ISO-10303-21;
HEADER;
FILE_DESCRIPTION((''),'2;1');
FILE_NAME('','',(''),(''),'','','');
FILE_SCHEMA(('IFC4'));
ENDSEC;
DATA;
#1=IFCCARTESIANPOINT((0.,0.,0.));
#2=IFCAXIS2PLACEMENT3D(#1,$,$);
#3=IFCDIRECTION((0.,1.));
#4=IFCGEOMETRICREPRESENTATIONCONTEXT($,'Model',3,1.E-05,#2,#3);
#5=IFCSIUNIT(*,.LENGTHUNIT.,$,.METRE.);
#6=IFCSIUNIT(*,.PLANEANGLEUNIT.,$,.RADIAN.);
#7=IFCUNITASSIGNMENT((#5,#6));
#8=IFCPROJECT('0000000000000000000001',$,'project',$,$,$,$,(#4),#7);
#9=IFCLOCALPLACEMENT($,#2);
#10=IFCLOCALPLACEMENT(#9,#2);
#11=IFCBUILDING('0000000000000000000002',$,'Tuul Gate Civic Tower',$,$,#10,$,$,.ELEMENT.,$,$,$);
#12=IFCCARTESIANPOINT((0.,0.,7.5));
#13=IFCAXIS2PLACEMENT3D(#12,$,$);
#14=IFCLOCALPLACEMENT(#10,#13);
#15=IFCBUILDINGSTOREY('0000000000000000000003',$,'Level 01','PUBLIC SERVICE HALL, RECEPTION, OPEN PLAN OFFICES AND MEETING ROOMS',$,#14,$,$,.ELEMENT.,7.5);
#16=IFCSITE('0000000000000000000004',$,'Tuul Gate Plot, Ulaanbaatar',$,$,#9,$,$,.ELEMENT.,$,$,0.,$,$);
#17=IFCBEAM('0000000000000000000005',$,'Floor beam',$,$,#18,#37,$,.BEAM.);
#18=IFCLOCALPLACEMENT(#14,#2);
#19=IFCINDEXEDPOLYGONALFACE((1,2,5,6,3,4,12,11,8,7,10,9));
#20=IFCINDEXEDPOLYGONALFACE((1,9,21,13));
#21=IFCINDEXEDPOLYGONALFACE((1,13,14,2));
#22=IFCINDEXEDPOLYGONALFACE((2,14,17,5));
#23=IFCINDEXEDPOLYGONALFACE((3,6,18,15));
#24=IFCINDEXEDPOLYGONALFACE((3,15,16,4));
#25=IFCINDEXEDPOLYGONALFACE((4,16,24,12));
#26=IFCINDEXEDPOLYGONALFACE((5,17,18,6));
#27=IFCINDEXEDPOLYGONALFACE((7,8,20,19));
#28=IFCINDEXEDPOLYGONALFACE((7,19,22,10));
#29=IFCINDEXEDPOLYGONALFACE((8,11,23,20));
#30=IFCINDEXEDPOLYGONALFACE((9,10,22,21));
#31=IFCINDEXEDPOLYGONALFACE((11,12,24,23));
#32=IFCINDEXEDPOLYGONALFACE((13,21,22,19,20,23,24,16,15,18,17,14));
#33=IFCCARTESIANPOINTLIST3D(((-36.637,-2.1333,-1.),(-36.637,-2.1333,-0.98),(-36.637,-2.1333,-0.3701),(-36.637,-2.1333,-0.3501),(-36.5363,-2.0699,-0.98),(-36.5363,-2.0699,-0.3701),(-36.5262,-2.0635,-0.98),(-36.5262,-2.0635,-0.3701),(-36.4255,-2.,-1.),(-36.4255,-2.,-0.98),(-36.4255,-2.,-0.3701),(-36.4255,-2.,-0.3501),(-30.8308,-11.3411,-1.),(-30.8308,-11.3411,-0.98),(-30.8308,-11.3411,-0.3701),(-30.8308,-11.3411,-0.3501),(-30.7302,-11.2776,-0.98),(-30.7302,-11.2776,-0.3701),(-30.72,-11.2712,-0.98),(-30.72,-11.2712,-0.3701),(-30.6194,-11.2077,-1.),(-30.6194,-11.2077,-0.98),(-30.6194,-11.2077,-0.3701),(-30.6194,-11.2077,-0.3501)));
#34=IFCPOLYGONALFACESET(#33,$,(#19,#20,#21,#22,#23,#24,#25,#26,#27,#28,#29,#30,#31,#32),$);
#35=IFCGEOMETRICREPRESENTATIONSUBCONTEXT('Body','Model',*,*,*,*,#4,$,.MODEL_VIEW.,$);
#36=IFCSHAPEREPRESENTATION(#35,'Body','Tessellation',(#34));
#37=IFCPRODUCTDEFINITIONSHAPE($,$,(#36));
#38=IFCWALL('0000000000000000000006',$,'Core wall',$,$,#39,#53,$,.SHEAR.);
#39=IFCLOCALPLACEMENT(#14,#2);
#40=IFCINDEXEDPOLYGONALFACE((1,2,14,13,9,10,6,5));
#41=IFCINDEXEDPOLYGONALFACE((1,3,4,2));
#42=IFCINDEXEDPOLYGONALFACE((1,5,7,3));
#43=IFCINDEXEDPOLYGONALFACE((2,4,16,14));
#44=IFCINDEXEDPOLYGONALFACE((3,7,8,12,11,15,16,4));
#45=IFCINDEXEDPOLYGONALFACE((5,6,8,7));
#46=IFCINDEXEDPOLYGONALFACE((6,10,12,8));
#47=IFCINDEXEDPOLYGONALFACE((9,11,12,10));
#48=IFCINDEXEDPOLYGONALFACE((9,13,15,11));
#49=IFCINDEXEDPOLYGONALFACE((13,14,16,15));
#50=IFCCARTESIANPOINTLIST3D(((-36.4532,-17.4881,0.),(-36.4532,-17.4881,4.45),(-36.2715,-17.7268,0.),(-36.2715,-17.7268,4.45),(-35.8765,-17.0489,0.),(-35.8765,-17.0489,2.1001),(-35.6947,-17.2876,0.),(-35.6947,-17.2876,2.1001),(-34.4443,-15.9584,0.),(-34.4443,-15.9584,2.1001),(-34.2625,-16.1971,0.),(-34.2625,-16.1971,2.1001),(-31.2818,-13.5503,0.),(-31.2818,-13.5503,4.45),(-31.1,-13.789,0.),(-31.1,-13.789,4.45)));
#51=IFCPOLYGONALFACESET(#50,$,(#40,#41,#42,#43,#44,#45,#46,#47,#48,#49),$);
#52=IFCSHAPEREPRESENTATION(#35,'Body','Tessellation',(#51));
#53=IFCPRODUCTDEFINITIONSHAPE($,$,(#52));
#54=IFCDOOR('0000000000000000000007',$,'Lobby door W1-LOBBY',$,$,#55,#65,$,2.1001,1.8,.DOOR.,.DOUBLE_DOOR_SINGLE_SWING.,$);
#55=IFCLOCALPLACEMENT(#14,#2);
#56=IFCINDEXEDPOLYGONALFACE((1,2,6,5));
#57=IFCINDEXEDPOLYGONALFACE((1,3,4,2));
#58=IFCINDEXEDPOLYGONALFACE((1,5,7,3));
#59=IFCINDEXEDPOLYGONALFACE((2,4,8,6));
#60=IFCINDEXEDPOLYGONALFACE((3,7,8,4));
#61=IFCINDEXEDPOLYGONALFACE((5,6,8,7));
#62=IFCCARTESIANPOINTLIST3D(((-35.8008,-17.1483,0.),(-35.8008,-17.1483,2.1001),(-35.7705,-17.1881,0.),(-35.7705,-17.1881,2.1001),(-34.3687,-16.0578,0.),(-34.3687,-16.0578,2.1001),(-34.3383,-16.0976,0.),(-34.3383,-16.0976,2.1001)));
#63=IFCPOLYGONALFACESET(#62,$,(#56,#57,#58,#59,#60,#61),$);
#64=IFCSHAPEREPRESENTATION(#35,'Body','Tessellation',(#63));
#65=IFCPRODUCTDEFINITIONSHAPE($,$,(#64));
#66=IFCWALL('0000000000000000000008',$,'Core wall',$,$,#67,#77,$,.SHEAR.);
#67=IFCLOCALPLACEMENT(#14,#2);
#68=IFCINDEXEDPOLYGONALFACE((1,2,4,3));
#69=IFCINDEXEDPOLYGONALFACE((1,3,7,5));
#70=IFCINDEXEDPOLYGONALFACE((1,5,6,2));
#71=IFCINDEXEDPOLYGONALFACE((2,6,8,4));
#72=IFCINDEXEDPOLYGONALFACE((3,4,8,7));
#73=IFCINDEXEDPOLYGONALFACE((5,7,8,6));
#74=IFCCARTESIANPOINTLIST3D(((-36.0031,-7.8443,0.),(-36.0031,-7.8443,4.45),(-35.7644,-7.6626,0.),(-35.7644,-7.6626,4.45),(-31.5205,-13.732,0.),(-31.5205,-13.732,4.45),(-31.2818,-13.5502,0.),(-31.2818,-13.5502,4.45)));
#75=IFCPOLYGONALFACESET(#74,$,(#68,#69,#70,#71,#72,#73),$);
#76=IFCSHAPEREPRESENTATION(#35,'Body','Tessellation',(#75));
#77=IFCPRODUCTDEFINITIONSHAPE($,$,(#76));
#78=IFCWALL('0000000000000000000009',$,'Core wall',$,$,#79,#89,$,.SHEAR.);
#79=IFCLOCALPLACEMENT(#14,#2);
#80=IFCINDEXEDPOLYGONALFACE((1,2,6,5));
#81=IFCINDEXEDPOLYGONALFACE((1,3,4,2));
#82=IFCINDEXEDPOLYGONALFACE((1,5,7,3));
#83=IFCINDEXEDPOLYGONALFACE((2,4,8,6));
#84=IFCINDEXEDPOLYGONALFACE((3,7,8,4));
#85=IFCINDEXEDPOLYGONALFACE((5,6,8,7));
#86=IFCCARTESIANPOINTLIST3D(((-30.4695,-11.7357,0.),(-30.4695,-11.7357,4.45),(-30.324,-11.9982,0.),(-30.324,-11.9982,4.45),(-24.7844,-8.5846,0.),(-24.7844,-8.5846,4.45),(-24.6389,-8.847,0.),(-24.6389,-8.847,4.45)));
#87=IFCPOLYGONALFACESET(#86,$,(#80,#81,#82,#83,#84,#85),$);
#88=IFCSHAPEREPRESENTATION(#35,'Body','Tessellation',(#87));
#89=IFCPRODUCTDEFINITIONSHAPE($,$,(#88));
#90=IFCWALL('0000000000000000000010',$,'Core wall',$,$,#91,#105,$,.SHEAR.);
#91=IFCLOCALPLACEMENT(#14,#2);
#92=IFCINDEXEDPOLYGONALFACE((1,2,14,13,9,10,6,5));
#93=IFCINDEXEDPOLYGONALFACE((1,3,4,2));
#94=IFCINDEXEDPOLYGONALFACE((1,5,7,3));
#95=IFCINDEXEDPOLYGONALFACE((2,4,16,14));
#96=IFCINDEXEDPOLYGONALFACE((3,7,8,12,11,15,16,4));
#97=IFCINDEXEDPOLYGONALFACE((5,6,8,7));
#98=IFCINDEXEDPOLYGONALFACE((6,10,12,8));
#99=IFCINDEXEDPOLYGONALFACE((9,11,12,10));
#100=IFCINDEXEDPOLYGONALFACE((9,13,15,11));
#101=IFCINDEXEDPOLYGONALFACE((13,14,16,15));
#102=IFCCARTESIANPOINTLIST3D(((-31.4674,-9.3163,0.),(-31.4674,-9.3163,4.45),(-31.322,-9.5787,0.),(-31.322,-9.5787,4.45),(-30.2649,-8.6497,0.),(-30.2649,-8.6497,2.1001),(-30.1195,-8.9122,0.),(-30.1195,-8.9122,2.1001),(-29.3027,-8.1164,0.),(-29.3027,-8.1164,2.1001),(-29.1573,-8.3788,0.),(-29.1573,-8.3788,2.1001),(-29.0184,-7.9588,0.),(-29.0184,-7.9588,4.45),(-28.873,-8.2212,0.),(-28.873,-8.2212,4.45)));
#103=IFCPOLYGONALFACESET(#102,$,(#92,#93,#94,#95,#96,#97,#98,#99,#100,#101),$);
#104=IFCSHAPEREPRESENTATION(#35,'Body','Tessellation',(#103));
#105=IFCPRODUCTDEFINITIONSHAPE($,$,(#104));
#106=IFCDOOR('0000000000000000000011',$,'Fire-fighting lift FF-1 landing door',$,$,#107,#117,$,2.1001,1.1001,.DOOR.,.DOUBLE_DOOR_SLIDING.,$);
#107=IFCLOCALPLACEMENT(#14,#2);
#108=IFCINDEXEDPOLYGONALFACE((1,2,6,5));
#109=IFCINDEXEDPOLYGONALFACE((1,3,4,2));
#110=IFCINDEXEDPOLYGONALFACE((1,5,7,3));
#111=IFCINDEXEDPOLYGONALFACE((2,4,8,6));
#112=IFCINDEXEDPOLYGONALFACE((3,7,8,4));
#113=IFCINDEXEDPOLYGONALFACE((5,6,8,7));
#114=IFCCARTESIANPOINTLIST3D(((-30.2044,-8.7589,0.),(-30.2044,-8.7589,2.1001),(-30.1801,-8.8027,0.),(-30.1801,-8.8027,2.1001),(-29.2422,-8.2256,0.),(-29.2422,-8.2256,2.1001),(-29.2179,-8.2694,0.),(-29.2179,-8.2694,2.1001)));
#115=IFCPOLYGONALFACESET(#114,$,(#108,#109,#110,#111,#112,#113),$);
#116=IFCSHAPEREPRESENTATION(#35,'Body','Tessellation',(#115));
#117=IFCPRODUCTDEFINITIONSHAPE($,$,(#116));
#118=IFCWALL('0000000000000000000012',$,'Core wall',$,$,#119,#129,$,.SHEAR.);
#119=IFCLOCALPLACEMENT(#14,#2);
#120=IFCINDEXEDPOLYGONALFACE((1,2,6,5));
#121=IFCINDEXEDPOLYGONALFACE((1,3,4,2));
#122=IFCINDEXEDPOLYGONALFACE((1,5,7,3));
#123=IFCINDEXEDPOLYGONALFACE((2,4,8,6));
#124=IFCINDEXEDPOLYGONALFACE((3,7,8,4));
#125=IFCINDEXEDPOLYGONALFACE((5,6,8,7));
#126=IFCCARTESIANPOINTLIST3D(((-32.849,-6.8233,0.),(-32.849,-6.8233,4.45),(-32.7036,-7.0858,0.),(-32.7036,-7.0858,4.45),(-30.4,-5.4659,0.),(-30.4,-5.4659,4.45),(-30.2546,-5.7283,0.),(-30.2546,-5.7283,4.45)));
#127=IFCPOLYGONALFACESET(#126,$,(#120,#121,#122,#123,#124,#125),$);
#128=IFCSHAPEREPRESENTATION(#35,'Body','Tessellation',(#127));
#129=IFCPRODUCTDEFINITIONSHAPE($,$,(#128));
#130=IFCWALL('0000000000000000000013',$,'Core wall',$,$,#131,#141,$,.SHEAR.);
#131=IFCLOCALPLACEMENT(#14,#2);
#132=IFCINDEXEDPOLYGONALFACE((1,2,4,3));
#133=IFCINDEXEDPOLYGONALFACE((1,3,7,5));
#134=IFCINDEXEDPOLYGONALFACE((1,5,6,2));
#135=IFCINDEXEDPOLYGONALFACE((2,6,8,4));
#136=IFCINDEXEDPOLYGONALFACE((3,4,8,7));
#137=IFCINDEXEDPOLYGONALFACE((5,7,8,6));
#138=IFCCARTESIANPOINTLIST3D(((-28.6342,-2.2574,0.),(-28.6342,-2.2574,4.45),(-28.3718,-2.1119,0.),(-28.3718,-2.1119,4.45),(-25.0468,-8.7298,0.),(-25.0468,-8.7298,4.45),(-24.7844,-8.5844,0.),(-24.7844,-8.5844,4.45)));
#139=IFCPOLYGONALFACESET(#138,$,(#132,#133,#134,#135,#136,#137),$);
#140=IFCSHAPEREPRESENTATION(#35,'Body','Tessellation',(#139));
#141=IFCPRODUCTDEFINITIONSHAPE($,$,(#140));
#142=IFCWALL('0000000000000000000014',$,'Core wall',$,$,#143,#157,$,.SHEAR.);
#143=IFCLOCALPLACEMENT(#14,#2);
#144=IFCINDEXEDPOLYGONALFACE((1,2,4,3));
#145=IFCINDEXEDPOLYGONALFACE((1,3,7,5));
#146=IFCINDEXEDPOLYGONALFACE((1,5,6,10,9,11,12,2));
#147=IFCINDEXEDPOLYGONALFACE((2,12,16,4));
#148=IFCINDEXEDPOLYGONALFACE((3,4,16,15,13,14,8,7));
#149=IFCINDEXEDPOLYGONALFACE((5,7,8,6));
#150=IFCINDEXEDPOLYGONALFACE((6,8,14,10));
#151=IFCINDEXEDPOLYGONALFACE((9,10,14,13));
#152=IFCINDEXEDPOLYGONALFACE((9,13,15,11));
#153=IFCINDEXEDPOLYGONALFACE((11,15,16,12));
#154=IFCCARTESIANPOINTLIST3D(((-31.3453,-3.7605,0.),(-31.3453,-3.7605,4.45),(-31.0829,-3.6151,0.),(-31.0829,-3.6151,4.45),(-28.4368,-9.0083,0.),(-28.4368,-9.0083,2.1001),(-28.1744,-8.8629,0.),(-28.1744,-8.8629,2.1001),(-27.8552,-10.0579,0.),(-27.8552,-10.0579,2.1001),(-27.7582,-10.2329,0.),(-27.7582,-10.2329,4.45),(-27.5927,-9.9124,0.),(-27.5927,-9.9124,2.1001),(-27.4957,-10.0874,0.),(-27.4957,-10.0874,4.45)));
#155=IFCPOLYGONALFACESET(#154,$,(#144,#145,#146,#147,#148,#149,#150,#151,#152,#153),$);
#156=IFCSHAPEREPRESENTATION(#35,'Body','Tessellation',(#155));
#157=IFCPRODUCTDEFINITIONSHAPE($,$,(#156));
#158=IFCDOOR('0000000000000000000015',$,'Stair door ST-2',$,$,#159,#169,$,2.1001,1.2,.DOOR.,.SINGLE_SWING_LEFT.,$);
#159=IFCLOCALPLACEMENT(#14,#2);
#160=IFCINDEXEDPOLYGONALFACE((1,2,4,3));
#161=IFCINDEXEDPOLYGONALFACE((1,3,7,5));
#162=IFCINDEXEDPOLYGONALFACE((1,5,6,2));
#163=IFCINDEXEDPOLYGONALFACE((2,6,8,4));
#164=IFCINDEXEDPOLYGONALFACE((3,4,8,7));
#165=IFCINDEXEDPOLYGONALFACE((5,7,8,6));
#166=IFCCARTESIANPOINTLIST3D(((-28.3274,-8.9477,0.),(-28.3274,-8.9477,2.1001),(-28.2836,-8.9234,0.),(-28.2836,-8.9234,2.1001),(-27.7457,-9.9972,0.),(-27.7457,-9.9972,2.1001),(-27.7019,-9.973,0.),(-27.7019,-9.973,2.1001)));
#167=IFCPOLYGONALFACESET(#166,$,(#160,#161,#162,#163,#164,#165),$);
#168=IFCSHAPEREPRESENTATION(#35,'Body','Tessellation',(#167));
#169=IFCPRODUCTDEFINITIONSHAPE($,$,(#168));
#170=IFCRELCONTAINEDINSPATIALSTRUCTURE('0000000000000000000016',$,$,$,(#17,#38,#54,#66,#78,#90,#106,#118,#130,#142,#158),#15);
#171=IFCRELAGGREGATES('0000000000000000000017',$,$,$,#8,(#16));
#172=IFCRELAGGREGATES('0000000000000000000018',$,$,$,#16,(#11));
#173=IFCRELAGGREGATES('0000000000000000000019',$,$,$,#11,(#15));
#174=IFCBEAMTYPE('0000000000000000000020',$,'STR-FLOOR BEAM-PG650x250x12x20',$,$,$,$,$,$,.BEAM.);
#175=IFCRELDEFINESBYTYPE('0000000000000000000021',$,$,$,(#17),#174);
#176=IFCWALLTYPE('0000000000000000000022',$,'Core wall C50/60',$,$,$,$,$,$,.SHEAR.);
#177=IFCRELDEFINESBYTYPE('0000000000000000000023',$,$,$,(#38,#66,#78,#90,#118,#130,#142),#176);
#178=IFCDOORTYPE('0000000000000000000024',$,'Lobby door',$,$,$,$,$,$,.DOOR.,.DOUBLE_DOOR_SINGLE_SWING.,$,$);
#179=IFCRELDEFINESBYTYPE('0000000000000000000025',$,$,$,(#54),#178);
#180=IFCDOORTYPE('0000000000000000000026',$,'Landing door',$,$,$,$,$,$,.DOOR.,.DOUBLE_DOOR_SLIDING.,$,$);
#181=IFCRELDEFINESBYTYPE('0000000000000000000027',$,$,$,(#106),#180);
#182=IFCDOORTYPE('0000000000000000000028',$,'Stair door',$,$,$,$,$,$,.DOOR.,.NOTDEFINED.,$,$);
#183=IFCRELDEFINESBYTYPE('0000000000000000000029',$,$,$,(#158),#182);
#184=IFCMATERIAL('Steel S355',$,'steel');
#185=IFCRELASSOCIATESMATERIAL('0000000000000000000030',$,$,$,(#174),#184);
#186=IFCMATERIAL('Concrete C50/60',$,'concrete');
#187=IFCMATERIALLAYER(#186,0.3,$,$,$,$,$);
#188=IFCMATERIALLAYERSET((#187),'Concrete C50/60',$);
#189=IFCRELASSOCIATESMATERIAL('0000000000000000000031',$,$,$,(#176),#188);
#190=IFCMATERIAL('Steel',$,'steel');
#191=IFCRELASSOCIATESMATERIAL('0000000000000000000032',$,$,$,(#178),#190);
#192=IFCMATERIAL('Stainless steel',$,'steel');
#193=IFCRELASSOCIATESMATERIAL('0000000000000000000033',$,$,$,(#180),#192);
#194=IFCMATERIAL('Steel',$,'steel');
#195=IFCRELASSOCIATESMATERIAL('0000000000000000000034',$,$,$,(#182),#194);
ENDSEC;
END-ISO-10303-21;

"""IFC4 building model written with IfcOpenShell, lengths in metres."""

from ifc_helpers import new_model, si_unit, direction, frame, frame_2d, origin, origin_2d, place, context, subcontext, project, spatial, rectangle, i_section, extrude, material, layer, layer_set, material_profile, profile_set, type_object, element, fill, save


model = new_model("IFC4")

# Units and contexts
model_context = context("Model", 3, precision=1e-05, world=origin(), true_north=direction((0.0, 1.0)))
body_context = subcontext(model_context, "Body", "Model", "MODEL_VIEW")
ifc_project = project(units=[si_unit("LENGTHUNIT", "METRE"), si_unit("PLANEANGLEUNIT", "RADIAN")], contexts=[model_context])

# Site, building, storey
site_placement = place(None, origin())
site = spatial("IfcSite", under=ifc_project, at=site_placement, Name="Tuul Gate Plot, Ulaanbaatar", CompositionType="ELEMENT", RefElevation=0.0)
building_placement = place(site_placement, origin())
building = spatial("IfcBuilding", under=site, at=building_placement, Name="Tuul Gate Civic Tower", CompositionType="ELEMENT")
storey_placement = place(building_placement, frame((0.0, 0.0, 7.5)))
storey = spatial("IfcBuildingStorey", under=building, at=storey_placement, Name="Level 01", Description="PUBLIC SERVICE HALL, RECEPTION, OPEN PLAN OFFICES AND MEETING ROOMS", CompositionType="ELEMENT", Elevation=7.5)

# Beam
ifc_material_1 = material(Name="Steel S355", Category="steel")
ifc_material_profile = material_profile(ifc_material_1, i_section(OverallWidth=0.25, OverallDepth=0.6499, WebThickness=0.012, FlangeThickness=0.02, at=origin_2d()), Name="PG650x250x12x20")
ifc_profile_set = profile_set([ifc_material_profile], Name="Steel S355")
beam_type = type_object("IfcBeamType", Name="STR-FLOOR BEAM-PG650x250x12x20", PredefinedType="BEAM", material=ifc_profile_set)
beam_placement = place(storey_placement, frame((-30.7251, -11.2744, -0.675), z_axis=(-0.533384, 0.845873, 0.0), x_axis=(-0.845873, -0.533384, 0.0)))
element("IfcBeam", 1, at=beam_placement, inside=storey, type_object=beam_type, Name="Floor beam", PredefinedType="BEAM", context=body_context, shape_type="SweptSolid", body=[
    extrude(i_section(OverallWidth=0.25, OverallDepth=0.6499, WebThickness=0.012, FlangeThickness=0.02, at=origin_2d()), origin(), (0.0, 0.0, 1.0), 10.8855),
])

# Wall, opening, door
ifc_material_2 = material(Name="Concrete C50/60", Category="concrete")
ifc_layer_1 = layer(ifc_material_2, 0.3)
ifc_layer_set_1 = layer_set([ifc_layer_1], Name="Concrete C50/60")
wall_type_1 = type_object("IfcWallType", Name="Core wall C50/60", PredefinedType="SHEAR", material=ifc_layer_set_1)
wall_1_placement = place(storey_placement, frame((-31.1909, -13.6697, 0.0), z_axis=(0.0, 0.0, 1.0), x_axis=(-0.795607, -0.605813, 0.0)))
wall_1 = element("IfcWall", 2, at=wall_1_placement, inside=storey, type_object=wall_type_1, Name="Core wall", PredefinedType="SHEAR", context=body_context, shape_type="SweptSolid", body=[
    extrude(rectangle(XDim=6.5, YDim=0.3, at=frame_2d((3.25, 0.0))), origin(), (0.0, 0.0, 1.0), 4.45),
])
opening_1_placement = place(wall_1_placement, frame((3.9751, 0.0, 0.0)))
opening_1 = element("IfcOpeningElement", 3, at=opening_1_placement, cuts=wall_1, PredefinedType="OPENING", context=body_context, shape_type="SweptSolid", body=[
    extrude(rectangle(XDim=1.8, YDim=2.1001, at=frame_2d((0.8999, 1.05))), frame((0.0, 0.1602, 0.0), z_axis=(0.0, -1.0, 0.0), x_axis=(1.0, 0.0, 0.0)), (0.0, 0.0, 1.0), 0.3201),
])
ifc_material_3 = material(Name="Steel", Category="steel")
door_type_1 = type_object("IfcDoorType", Name="Lobby door", OperationType="DOUBLE_DOOR_SINGLE_SWING", PredefinedType="DOOR", material=ifc_material_3)
door_1_placement = place(opening_1_placement, origin())
door_1 = element("IfcDoor", 4, at=door_1_placement, inside=storey, type_object=door_type_1, Name="Lobby door W1-LOBBY", OperationType="DOUBLE_DOOR_SINGLE_SWING", OverallHeight=2.1001, OverallWidth=1.8, PredefinedType="DOOR", context=body_context, shape_type="SweptSolid", body=[
    extrude(rectangle(XDim=1.8, YDim=2.1001, at=frame_2d((0.8999, 1.05))), frame((0.0, 0.0249, 0.0), z_axis=(0.0, -1.0, 0.0), x_axis=(1.0, 0.0, 0.0)), (0.0, 0.0, 1.0), 0.05),
])
fill(opening_1, door_1)

# Walls
wall_2_placement = place(storey_placement, frame((-31.4011, -13.6411, 0.0), z_axis=(0.0, 0.0, 1.0), x_axis=(-0.60577, 0.79564, 0.0)))
element("IfcWall", 5, at=wall_2_placement, inside=storey, type_object=wall_type_1, Name="Core wall", PredefinedType="SHEAR", context=body_context, shape_type="SweptSolid", body=[
    extrude(rectangle(XDim=7.3999, YDim=0.3, at=frame_2d((3.7, 0.0))), origin(), (0.0, 0.0, 1.0), 4.45),
])
wall_3_placement = place(storey_placement, frame((-24.7117, -8.7158, 0.0), z_axis=(0.0, 0.0, 1.0), x_axis=(-0.87463, -0.484791, 0.0)))
element("IfcWall", 6, at=wall_3_placement, inside=storey, type_object=wall_type_1, Name="Core wall", PredefinedType="SHEAR", context=body_context, shape_type="SweptSolid", body=[
    extrude(rectangle(XDim=6.5, YDim=0.3, at=frame_2d((3.25, 0.0))), origin(), (0.0, 0.0, 1.0), 4.45),
])

# Wall, opening, door
wall_4_placement = place(storey_placement, frame((-28.9458, -8.0901, 0.0), z_axis=(0.0, 0.0, 1.0), x_axis=(-0.87463, -0.484791, 0.0)))
wall_4 = element("IfcWall", 7, at=wall_4_placement, inside=storey, type_object=wall_type_1, Name="Core wall", PredefinedType="SHEAR", context=body_context, shape_type="SweptSolid", body=[
    extrude(rectangle(XDim=2.8, YDim=0.3, at=frame_2d((1.3999, 0.0))), origin(), (0.0, 0.0, 1.0), 4.45),
])
opening_2_placement = place(wall_4_placement, frame((0.325, 0.0, 0.0)))
opening_2 = element("IfcOpeningElement", 8, at=opening_2_placement, cuts=wall_4, PredefinedType="OPENING", context=body_context, shape_type="SweptSolid", body=[
    extrude(rectangle(XDim=1.1001, YDim=2.1001, at=frame_2d((0.55, 1.05))), frame((0.0, 0.1602, 0.0), z_axis=(0.0, -1.0, 0.0), x_axis=(1.0, 0.0, 0.0)), (0.0, 0.0, 1.0), 0.3201),
])
ifc_material_4 = material(Name="Stainless steel", Category="steel")
door_type_2 = type_object("IfcDoorType", Name="Landing door", OperationType="DOUBLE_DOOR_SLIDING", PredefinedType="DOOR", material=ifc_material_4)
door_2_placement = place(opening_2_placement, origin())
door_2 = element("IfcDoor", 9, at=door_2_placement, inside=storey, type_object=door_type_2, Name="Fire-fighting lift FF-1 landing door", OperationType="DOUBLE_DOOR_SLIDING", OverallHeight=2.1001, OverallWidth=1.1001, PredefinedType="DOOR", context=body_context, shape_type="SweptSolid", body=[
    extrude(rectangle(XDim=1.1001, YDim=2.1001, at=frame_2d((0.55, 1.05))), frame((0.0, 0.0249, 0.0), z_axis=(0.0, -1.0, 0.0), x_axis=(1.0, 0.0, 0.0)), (0.0, 0.0, 1.0), 0.05),
])
fill(opening_2, door_2)

# Walls
wall_5_placement = place(storey_placement, frame((-30.3274, -5.5972, 0.0), z_axis=(0.0, 0.0, 1.0), x_axis=(-0.87463, -0.484791, 0.0)))
element("IfcWall", 10, at=wall_5_placement, inside=storey, type_object=wall_type_1, Name="Core wall", PredefinedType="SHEAR", context=body_context, shape_type="SweptSolid", body=[
    extrude(rectangle(XDim=2.8, YDim=0.3, at=frame_2d((1.3999, 0.0))), origin(), (0.0, 0.0, 1.0), 4.45),
])
wall_6_placement = place(storey_placement, frame((-24.9155, -8.6572, 0.0), z_axis=(0.0, 0.0, 1.0), x_axis=(-0.484777, 0.874638, 0.0)))
element("IfcWall", 11, at=wall_6_placement, inside=storey, type_object=wall_type_1, Name="Core wall", PredefinedType="SHEAR", context=body_context, shape_type="SweptSolid", body=[
    extrude(rectangle(XDim=7.4001, YDim=0.3, at=frame_2d((3.7002, 0.0))), origin(), (0.0, 0.0, 1.0), 4.45),
])

# Wall, opening, door
wall_7_placement = place(storey_placement, frame((-27.627, -10.1602, 0.0), z_axis=(0.0, 0.0, 1.0), x_axis=(-0.484752, 0.874652, 0.0)))
wall_7 = element("IfcWall", 12, at=wall_7_placement, inside=storey, type_object=wall_type_1, Name="Core wall", PredefinedType="SHEAR", context=body_context, shape_type="SweptSolid", body=[
    extrude(rectangle(XDim=7.3999, YDim=0.3, at=frame_2d((3.7, 0.0))), origin(), (0.0, 0.0, 1.0), 4.45),
])
opening_3_placement = place(wall_7_placement, frame((0.2, 0.0, 0.0)))
opening_3 = element("IfcOpeningElement", 13, at=opening_3_placement, cuts=wall_7, PredefinedType="OPENING", context=body_context, shape_type="SweptSolid", body=[
    extrude(rectangle(XDim=1.2, YDim=2.1001, at=frame_2d((0.6001, 1.05))), frame((0.0, 0.1602, 0.0), z_axis=(0.0, -1.0, 0.0), x_axis=(1.0, 0.0, 0.0)), (0.0, 0.0, 1.0), 0.3201),
])
ifc_material_5 = material(Name="Steel", Category="steel")
door_type_3 = type_object("IfcDoorType", Name="Stair door", OperationType="NOTDEFINED", PredefinedType="DOOR", material=ifc_material_5)
door_3_placement = place(opening_3_placement, origin())
door_3 = element("IfcDoor", 14, at=door_3_placement, inside=storey, type_object=door_type_3, Name="Stair door ST-2", OperationType="SINGLE_SWING_LEFT", OverallHeight=2.1001, OverallWidth=1.2, PredefinedType="DOOR", context=body_context, shape_type="SweptSolid", body=[
    extrude(rectangle(XDim=1.2, YDim=2.1001, at=frame_2d((0.6001, 1.05))), frame((0.0, 0.0249, 0.0), z_axis=(0.0, -1.0, 0.0), x_axis=(1.0, 0.0, 0.0)), (0.0, 0.0, 1.0), 0.05),
])
fill(opening_3, door_3)

save(model, "model.ifc")
